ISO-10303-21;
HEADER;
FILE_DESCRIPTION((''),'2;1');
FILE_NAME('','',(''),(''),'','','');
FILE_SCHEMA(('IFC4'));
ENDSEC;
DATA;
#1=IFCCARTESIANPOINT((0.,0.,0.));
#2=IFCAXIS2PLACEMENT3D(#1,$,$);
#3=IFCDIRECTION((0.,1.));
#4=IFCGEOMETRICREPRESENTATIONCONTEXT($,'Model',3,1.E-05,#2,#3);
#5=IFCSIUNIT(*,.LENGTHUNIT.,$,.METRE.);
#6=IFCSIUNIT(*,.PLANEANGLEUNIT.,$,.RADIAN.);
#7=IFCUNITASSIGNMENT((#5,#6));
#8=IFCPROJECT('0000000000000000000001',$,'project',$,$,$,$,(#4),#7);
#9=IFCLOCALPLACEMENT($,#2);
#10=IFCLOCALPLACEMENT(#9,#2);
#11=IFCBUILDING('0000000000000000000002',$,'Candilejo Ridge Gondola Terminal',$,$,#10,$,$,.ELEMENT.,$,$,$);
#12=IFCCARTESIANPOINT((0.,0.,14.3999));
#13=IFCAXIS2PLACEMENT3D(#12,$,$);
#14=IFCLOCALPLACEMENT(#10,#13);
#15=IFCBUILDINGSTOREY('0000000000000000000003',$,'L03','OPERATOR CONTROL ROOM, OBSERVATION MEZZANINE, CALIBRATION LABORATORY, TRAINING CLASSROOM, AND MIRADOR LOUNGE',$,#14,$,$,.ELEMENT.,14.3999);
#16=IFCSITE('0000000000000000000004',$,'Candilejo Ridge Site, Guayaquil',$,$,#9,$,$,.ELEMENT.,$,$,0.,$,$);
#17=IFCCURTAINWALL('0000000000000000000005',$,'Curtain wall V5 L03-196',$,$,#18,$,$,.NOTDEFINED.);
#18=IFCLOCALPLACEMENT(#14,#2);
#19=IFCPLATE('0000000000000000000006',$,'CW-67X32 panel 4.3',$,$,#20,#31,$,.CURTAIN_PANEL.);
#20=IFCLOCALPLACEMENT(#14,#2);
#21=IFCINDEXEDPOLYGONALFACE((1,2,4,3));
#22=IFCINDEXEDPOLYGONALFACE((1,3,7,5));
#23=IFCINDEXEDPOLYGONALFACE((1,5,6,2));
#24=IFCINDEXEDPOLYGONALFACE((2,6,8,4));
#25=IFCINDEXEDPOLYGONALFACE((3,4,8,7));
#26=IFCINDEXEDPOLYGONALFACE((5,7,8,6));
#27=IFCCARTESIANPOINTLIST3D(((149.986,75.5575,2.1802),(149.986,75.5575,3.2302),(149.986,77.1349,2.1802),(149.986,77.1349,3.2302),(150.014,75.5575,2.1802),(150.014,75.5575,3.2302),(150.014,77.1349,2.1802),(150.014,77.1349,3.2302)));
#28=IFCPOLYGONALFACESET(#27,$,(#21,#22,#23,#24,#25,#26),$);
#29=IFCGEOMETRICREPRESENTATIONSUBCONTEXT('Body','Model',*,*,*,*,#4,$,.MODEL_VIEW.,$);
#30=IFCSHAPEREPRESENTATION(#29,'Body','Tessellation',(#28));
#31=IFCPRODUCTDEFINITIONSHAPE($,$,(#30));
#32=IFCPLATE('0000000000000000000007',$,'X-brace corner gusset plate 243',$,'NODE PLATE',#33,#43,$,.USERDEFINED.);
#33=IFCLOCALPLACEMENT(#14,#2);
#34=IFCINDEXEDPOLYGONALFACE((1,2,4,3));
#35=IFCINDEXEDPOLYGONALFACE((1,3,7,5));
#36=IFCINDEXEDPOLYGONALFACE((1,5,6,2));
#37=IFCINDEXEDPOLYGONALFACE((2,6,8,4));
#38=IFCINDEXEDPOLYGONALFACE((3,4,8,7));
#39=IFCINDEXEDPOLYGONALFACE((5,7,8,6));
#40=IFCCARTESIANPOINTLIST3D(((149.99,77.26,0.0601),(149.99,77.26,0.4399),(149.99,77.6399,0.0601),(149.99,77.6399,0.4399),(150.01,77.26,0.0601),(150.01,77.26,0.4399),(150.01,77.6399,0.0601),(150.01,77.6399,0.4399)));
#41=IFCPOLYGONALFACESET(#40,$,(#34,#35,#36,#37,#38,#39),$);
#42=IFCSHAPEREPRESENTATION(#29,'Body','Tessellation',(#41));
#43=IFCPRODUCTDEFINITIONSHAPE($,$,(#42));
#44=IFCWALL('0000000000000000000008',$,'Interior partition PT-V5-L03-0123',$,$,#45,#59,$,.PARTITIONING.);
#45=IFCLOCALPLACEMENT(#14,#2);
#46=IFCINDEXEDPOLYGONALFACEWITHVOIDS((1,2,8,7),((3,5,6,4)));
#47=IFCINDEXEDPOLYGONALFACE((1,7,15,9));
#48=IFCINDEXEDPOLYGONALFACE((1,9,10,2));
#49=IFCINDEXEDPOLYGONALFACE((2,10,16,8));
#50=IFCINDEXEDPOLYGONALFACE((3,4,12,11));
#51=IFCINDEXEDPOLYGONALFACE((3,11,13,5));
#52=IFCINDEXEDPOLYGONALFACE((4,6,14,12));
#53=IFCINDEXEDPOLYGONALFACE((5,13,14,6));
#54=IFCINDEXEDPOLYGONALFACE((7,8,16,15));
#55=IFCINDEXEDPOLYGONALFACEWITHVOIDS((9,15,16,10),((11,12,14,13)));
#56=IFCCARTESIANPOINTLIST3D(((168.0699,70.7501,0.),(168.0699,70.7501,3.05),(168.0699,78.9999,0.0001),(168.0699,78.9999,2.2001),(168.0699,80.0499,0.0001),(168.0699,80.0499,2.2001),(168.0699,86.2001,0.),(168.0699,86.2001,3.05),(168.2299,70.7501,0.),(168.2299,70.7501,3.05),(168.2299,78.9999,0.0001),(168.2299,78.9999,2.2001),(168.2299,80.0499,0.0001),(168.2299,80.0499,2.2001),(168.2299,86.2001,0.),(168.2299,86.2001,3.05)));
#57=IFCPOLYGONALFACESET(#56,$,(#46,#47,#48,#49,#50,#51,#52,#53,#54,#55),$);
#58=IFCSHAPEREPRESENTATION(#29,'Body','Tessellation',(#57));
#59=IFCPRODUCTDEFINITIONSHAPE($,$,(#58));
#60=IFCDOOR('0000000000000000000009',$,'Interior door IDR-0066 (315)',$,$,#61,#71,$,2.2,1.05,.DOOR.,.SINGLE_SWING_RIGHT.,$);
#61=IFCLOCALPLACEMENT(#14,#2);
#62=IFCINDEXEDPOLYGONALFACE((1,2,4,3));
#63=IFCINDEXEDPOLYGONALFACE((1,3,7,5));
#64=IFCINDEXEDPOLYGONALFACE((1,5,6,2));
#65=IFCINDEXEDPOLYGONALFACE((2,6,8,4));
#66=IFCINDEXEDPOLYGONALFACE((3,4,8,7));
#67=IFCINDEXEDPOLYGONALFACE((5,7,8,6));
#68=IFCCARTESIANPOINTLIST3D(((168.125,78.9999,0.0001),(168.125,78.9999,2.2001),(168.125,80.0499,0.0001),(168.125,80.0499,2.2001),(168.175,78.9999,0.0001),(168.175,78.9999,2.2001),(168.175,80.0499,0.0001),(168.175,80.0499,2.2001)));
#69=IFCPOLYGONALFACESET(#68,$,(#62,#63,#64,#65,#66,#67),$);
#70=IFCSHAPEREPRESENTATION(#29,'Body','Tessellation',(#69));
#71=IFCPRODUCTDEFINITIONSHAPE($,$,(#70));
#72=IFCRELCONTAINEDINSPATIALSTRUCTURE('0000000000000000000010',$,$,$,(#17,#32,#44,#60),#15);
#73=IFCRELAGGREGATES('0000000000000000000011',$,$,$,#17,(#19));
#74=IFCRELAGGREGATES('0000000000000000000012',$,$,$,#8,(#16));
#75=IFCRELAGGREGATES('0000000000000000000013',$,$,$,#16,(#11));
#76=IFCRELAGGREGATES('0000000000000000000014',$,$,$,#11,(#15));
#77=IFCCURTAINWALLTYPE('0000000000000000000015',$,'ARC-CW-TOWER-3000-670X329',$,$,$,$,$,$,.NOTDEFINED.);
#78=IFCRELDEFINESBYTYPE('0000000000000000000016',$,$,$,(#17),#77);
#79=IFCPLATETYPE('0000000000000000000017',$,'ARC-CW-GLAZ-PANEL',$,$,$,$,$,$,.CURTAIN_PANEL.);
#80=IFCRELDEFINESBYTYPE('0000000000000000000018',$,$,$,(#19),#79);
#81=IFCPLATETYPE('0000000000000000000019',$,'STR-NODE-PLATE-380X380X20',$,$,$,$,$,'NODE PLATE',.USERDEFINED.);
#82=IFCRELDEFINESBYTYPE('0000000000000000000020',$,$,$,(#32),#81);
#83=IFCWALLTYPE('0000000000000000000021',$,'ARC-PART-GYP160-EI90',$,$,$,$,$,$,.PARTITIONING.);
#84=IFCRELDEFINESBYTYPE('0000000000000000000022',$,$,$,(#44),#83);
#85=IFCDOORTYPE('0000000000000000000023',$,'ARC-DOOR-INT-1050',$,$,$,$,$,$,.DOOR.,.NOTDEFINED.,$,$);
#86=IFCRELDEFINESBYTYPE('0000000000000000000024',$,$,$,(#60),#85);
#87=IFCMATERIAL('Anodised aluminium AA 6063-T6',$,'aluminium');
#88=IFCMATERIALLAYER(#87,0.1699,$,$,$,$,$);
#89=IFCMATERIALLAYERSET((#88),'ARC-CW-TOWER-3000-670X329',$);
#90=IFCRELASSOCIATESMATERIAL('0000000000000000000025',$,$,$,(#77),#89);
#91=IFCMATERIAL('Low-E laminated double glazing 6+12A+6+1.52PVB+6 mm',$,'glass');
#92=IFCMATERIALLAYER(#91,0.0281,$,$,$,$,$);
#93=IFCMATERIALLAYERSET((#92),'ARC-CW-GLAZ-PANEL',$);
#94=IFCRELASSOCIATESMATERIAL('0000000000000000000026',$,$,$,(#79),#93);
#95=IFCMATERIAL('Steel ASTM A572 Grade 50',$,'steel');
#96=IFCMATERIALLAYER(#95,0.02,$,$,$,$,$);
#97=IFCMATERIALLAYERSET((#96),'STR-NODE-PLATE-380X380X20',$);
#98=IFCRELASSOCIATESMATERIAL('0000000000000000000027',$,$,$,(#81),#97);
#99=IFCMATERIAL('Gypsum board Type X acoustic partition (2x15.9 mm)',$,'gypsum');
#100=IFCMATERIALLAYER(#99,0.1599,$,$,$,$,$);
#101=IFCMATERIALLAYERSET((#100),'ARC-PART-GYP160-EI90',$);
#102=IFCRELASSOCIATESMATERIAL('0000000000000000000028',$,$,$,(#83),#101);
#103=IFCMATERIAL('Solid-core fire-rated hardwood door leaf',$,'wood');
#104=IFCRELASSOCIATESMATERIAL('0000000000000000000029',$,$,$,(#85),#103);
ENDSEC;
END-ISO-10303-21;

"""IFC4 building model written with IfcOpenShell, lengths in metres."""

from ifc_helpers import new_model, si_unit, direction, frame, frame_2d, origin, origin_2d, place, context, subcontext, project, spatial, rectangle, extrude, material, layer, layer_set, type_object, element, fill, aggregate, save


model = new_model("IFC4")

# Units and contexts
model_context = context("Model", 3, precision=1e-05, world=origin(), true_north=direction((0.0, 1.0)))
body_context = subcontext(model_context, "Body", "Model", "MODEL_VIEW")
ifc_project = project(units=[si_unit("LENGTHUNIT", "METRE"), si_unit("PLANEANGLEUNIT", "RADIAN")], contexts=[model_context])

# Site, building, storey
site_placement = place(None, origin())
site = spatial("IfcSite", under=ifc_project, at=site_placement, Name="Candilejo Ridge Site, Guayaquil", CompositionType="ELEMENT", RefElevation=0.0)
building_placement = place(site_placement, origin())
building = spatial("IfcBuilding", under=site, at=building_placement, Name="Candilejo Ridge Gondola Terminal", CompositionType="ELEMENT")
storey_placement = place(building_placement, frame((0.0, 0.0, 14.3999)))
storey = spatial("IfcBuildingStorey", under=building, at=storey_placement, Name="L03", Description="OPERATOR CONTROL ROOM, OBSERVATION MEZZANINE, CALIBRATION LABORATORY, TRAINING CLASSROOM, AND MIRADOR LOUNGE", CompositionType="ELEMENT", Elevation=14.3999)

# Curtain wall
ifc_material_1 = material(Name="Anodised aluminium AA 6063-T6", Category="aluminium")
ifc_layer_1 = layer(ifc_material_1, 0.1699)
ifc_layer_set_1 = layer_set([ifc_layer_1], Name="ARC-CW-TOWER-3000-670X329")
curtain_wall_type = type_object("IfcCurtainWallType", Name="ARC-CW-TOWER-3000-670X329", PredefinedType="NOTDEFINED", material=ifc_layer_set_1)
curtain_wall_placement = place(storey_placement, origin())
curtain_wall = element("IfcCurtainWall", 1, at=curtain_wall_placement, inside=storey, type_object=curtain_wall_type, Name="Curtain wall V5 L03-196", PredefinedType="NOTDEFINED")

# Plates
ifc_material_2 = material(Name="Low-E laminated double glazing 6+12A+6+1.52PVB+6 mm", Category="glass")
ifc_layer_2 = layer(ifc_material_2, 0.0281)
ifc_layer_set_2 = layer_set([ifc_layer_2], Name="ARC-CW-GLAZ-PANEL")
plate_type_1 = type_object("IfcPlateType", Name="ARC-CW-GLAZ-PANEL", PredefinedType="CURTAIN_PANEL", material=ifc_layer_set_2)
plate_1_placement = place(storey_placement, frame((150.0, 76.3462, 2.1802), z_axis=(0.0, 0.0, 1.0), x_axis=(0.0, 1.0, 0.0)))
plate_1 = element("IfcPlate", 2, at=plate_1_placement, type_object=plate_type_1, Name="CW-67X32 panel 4.3", PredefinedType="CURTAIN_PANEL", context=body_context, shape_type="SweptSolid", body=[
    extrude(rectangle(XDim=1.5774, YDim=0.0281, at=origin_2d()), origin(), (0.0, 0.0, 1.0), 1.05),
])
aggregate(curtain_wall, [plate_1])
ifc_material_3 = material(Name="Steel ASTM A572 Grade 50", Category="steel")
ifc_layer_3 = layer(ifc_material_3, 0.02)
ifc_layer_set_3 = layer_set([ifc_layer_3], Name="STR-NODE-PLATE-380X380X20")
plate_type_2 = type_object("IfcPlateType", Name="STR-NODE-PLATE-380X380X20", ElementType="NODE PLATE", PredefinedType="USERDEFINED", material=ifc_layer_set_3)
plate_2_placement = place(storey_placement, frame((150.0, 77.45, 0.0601), z_axis=(0.0, 0.0, 1.0), x_axis=(1.0, 0.0, 0.0)))
element("IfcPlate", 3, at=plate_2_placement, inside=storey, type_object=plate_type_2, Name="X-brace corner gusset plate 243", ObjectType="NODE PLATE", PredefinedType="USERDEFINED", context=body_context, shape_type="SweptSolid", body=[
    extrude(rectangle(XDim=0.02, YDim=0.3799, at=origin_2d()), origin(), (0.0, 0.0, 1.0), 0.3799),
])

# Wall, opening, door
ifc_material_4 = material(Name="Gypsum board Type X acoustic partition (2x15.9 mm)", Category="gypsum")
ifc_layer_4 = layer(ifc_material_4, 0.1599)
ifc_layer_set_4 = layer_set([ifc_layer_4], Name="ARC-PART-GYP160-EI90")
wall_type = type_object("IfcWallType", Name="ARC-PART-GYP160-EI90", PredefinedType="PARTITIONING", material=ifc_layer_set_4)
wall_placement = place(storey_placement, frame((168.1499, 70.75, 0.0), z_axis=(0.0, 0.0, 1.0), x_axis=(0.0, 1.0, 0.0)))
wall = element("IfcWall", 4, at=wall_placement, inside=storey, type_object=wall_type, Name="Interior partition PT-V5-L03-0123", PredefinedType="PARTITIONING", context=body_context, shape_type="SweptSolid", body=[
    extrude(rectangle(XDim=15.45, YDim=0.1599, at=frame_2d((7.7251, 0.0))), origin(), (0.0, 0.0, 1.0), 3.05),
])
opening_placement = place(wall_placement, frame((8.25, 0.0, 0.0)))
opening = element("IfcOpeningElement", 5, at=opening_placement, cuts=wall, PredefinedType="OPENING", context=body_context, shape_type="SweptSolid", body=[
    extrude(rectangle(XDim=1.05, YDim=2.2, at=frame_2d((0.5249, 1.1001))), frame((0.0, 0.0898, 0.0), z_axis=(0.0, -1.0, 0.0), x_axis=(1.0, 0.0, 0.0)), (0.0, 0.0, 1.0), 0.1799),
])
ifc_material_5 = material(Name="Solid-core fire-rated hardwood door leaf", Category="wood")
door_type = type_object("IfcDoorType", Name="ARC-DOOR-INT-1050", OperationType="NOTDEFINED", PredefinedType="DOOR", material=ifc_material_5)
door_placement = place(opening_placement, origin())
door = element("IfcDoor", 6, at=door_placement, inside=storey, type_object=door_type, Name="Interior door IDR-0066 (315)", OperationType="SINGLE_SWING_RIGHT", OverallHeight=2.2, OverallWidth=1.05, PredefinedType="DOOR", context=body_context, shape_type="SweptSolid", body=[
    extrude(rectangle(XDim=1.05, YDim=2.2, at=frame_2d((0.5249, 1.1001))), frame((0.0, 0.0249, 0.0), z_axis=(0.0, -1.0, 0.0), x_axis=(1.0, 0.0, 0.0)), (0.0, 0.0, 1.0), 0.05),
])
fill(opening, door)

save(model, "model.ifc")
